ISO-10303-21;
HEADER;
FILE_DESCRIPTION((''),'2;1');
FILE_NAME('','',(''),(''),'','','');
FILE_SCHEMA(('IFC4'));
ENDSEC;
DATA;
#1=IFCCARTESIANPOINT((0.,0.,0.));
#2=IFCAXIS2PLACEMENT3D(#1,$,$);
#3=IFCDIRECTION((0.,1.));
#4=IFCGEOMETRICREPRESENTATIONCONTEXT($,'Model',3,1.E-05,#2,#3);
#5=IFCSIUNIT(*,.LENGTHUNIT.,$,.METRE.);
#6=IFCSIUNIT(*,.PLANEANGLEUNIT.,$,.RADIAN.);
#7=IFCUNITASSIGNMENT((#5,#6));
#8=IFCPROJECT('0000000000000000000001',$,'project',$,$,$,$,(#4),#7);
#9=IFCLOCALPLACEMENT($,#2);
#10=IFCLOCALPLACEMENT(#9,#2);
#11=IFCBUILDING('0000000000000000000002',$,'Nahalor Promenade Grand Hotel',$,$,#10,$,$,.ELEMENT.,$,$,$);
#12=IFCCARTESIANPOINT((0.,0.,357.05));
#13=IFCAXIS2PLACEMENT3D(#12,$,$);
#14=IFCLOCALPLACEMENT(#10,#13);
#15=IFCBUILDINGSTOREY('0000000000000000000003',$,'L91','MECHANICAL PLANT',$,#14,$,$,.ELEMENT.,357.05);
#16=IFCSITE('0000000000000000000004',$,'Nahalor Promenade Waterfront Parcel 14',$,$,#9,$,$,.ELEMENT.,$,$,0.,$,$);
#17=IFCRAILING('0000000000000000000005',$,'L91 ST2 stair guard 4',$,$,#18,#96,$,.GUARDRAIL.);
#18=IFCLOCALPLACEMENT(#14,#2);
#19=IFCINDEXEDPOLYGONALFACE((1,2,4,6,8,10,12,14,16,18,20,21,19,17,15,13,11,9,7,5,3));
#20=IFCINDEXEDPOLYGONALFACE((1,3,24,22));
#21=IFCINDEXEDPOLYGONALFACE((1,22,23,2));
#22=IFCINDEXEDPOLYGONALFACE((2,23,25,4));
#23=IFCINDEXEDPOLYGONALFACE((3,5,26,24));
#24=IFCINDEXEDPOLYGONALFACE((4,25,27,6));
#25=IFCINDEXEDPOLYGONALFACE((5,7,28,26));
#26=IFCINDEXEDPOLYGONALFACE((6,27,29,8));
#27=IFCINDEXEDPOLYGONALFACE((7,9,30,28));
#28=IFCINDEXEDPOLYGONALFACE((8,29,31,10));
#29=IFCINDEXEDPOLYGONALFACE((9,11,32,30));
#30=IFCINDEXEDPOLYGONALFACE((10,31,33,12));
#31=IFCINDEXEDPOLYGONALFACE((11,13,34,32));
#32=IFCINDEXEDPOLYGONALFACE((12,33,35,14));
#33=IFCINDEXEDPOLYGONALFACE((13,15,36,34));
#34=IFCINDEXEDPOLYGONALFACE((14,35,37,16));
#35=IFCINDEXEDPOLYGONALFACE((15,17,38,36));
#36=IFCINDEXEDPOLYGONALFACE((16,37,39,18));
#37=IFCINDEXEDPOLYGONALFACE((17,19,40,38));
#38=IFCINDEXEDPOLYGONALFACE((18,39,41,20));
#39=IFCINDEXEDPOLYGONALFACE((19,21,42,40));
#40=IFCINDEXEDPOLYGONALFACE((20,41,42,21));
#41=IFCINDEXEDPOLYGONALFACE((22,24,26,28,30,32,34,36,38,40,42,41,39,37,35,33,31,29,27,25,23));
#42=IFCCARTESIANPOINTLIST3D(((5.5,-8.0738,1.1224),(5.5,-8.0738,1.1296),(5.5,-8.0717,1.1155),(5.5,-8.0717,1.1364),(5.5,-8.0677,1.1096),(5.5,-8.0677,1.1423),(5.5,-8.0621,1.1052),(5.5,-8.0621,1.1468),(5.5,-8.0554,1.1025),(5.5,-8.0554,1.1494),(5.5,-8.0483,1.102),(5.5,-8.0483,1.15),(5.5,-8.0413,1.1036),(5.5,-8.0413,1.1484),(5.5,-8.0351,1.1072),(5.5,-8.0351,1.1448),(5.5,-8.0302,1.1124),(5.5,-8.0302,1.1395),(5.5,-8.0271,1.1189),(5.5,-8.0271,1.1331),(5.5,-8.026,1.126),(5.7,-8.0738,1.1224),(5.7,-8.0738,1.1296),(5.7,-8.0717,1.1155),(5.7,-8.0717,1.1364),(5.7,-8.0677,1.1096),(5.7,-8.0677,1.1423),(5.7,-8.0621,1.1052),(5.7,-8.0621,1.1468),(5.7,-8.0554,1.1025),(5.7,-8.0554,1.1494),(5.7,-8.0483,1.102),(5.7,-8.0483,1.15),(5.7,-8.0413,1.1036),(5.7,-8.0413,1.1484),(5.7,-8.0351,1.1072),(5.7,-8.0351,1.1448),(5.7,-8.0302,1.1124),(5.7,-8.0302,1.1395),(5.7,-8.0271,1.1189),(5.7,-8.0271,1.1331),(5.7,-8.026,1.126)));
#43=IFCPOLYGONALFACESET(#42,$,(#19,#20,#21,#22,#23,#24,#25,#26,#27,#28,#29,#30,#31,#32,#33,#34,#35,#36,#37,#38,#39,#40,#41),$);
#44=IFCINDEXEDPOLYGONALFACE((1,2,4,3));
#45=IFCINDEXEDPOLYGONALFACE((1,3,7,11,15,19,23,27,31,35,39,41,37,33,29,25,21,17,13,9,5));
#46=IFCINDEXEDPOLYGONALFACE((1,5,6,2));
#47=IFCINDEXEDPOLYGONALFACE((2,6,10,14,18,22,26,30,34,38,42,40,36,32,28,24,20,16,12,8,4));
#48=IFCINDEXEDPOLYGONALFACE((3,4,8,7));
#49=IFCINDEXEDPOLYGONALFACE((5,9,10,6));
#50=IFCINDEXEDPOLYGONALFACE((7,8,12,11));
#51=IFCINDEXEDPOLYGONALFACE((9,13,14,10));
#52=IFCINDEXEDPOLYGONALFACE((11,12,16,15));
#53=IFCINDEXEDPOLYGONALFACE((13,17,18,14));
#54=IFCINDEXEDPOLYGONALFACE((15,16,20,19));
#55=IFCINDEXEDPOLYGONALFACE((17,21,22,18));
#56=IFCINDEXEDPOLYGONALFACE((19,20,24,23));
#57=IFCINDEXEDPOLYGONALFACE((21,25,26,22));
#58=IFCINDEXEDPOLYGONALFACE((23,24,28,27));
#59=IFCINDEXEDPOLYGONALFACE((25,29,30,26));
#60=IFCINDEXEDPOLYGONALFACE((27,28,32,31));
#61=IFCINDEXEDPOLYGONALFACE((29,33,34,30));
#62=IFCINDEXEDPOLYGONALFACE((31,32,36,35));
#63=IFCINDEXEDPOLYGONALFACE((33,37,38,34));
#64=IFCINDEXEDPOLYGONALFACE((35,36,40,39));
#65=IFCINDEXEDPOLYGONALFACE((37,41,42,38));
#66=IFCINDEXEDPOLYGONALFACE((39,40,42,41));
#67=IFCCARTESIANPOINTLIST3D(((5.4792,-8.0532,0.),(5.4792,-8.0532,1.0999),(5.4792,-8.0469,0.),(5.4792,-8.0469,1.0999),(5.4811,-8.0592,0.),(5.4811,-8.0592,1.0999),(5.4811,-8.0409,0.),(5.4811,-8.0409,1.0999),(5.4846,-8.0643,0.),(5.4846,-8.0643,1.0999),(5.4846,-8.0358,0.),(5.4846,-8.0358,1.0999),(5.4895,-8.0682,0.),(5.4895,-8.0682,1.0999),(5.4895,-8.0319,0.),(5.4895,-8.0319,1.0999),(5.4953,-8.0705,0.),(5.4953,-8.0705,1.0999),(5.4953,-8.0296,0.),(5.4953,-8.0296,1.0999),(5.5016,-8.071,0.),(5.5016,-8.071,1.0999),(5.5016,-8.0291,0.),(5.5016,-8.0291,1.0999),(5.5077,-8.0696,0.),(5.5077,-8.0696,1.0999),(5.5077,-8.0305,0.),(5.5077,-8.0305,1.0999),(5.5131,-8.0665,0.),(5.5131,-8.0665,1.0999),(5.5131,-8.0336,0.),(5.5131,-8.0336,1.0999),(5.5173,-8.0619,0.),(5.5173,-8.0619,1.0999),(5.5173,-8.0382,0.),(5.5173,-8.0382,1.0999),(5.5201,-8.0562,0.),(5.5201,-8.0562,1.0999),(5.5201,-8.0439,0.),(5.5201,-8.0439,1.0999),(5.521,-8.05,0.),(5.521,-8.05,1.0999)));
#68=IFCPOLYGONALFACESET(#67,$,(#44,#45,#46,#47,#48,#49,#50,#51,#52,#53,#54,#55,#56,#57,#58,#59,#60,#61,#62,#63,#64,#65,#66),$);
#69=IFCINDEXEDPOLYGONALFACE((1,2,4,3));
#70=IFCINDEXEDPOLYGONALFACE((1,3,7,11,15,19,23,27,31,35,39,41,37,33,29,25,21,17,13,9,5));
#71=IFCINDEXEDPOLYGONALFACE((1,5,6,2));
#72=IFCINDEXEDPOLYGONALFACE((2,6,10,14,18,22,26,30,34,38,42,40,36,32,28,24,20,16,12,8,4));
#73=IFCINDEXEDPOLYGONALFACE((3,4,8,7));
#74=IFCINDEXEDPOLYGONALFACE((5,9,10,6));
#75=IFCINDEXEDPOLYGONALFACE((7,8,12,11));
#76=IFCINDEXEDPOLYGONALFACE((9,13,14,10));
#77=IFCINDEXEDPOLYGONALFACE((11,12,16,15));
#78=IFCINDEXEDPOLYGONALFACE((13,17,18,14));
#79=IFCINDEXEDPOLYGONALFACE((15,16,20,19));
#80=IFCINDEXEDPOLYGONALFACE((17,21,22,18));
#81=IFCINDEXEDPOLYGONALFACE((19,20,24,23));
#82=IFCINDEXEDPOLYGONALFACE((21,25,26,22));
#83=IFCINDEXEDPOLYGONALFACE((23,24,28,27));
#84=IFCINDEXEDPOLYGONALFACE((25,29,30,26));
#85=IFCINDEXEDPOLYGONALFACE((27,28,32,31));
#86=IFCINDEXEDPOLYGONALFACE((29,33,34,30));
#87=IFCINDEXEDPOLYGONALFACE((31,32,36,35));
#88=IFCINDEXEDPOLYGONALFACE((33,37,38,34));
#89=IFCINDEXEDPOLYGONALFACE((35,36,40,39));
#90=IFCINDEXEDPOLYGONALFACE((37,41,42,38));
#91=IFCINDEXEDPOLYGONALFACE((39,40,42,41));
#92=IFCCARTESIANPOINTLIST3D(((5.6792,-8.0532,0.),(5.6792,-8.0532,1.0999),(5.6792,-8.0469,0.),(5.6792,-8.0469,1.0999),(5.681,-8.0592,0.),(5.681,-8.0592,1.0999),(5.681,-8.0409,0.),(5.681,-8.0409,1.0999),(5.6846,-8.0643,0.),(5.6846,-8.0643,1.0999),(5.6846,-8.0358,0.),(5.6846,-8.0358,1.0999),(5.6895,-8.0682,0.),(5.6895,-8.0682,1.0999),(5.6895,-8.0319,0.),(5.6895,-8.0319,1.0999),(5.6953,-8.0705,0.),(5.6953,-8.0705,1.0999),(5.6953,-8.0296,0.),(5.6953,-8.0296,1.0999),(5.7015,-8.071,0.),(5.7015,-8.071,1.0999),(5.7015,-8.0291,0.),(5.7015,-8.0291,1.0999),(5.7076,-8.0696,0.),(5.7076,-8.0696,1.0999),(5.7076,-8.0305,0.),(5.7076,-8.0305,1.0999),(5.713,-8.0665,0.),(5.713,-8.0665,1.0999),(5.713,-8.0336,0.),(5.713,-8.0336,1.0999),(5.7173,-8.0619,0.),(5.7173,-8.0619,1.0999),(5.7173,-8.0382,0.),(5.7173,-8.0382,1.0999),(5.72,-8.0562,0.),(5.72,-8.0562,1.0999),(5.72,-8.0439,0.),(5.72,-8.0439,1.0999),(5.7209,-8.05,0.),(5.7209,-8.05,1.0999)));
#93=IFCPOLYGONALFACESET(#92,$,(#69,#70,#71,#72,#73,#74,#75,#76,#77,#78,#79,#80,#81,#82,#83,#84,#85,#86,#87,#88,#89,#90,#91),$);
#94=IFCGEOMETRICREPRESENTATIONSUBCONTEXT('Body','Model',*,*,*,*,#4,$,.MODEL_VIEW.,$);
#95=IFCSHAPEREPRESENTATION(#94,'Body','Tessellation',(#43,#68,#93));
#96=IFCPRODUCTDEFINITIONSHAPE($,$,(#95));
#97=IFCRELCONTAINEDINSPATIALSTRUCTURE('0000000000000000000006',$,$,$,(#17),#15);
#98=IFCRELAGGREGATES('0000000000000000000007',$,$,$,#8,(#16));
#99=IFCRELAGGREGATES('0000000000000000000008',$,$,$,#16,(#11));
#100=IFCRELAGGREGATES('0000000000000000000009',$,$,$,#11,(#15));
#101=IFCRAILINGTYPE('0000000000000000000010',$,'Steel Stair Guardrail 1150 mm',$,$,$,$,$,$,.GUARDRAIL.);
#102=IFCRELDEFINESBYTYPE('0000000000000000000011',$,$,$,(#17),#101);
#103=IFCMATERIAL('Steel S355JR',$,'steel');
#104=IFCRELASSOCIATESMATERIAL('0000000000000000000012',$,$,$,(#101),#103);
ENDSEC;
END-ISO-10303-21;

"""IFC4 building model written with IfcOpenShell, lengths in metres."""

from ifc_helpers import new_model, si_unit, direction, frame, origin, origin_2d, place, context, subcontext, project, spatial, circle, extrude, material, type_object, element, save


model = new_model("IFC4")

# Units and contexts
model_context = context("Model", 3, precision=1e-05, world=origin(), true_north=direction((0.0, 1.0)))
body_context = subcontext(model_context, "Body", "Model", "MODEL_VIEW")
ifc_project = project(units=[si_unit("LENGTHUNIT", "METRE"), si_unit("PLANEANGLEUNIT", "RADIAN")], contexts=[model_context])

# Site, building, storey
site_placement = place(None, origin())
site = spatial("IfcSite", under=ifc_project, at=site_placement, Name="Nahalor Promenade Waterfront Parcel 14", CompositionType="ELEMENT", RefElevation=0.0)
building_placement = place(site_placement, origin())
building = spatial("IfcBuilding", under=site, at=building_placement, Name="Nahalor Promenade Grand Hotel", CompositionType="ELEMENT")
storey_placement = place(building_placement, frame((0.0, 0.0, 357.05)))
storey = spatial("IfcBuildingStorey", under=building, at=storey_placement, Name="L91", Description="MECHANICAL PLANT", CompositionType="ELEMENT", Elevation=357.05)

# Shared definitions
ifc_material_1 = material(Name="Steel S355JR", Category="steel")

# Railing
railing_type_1 = type_object("IfcRailingType", Name="Steel Stair Guardrail 1150 mm", PredefinedType="GUARDRAIL", material=ifc_material_1)
railing_1_placement = place(storey_placement, frame((5.5, -8.05, 0.0)))
element("IfcRailing", 1, at=railing_1_placement, inside=storey, type_object=railing_type_1, Name="L91 ST2 stair guard 4", PredefinedType="GUARDRAIL", context=body_context, shape_type="SweptSolid", body=[
    extrude(circle(Radius=0.024, at=origin_2d()), frame((0.0, 0.0, 1.126), z_axis=(1.0, 0.0, 0.0), x_axis=(0.0, 1.0, 0.0)), (0.0, 0.0, 1.0), 0.2),
    extrude(circle(Radius=0.021, at=origin_2d()), origin(), (0.0, 0.0, 1.0), 1.0999),
    extrude(circle(Radius=0.021, at=origin_2d()), frame((0.2, 0.0, 0.0)), (0.0, 0.0, 1.0), 1.0999),
])

save(model, "model.ifc")
